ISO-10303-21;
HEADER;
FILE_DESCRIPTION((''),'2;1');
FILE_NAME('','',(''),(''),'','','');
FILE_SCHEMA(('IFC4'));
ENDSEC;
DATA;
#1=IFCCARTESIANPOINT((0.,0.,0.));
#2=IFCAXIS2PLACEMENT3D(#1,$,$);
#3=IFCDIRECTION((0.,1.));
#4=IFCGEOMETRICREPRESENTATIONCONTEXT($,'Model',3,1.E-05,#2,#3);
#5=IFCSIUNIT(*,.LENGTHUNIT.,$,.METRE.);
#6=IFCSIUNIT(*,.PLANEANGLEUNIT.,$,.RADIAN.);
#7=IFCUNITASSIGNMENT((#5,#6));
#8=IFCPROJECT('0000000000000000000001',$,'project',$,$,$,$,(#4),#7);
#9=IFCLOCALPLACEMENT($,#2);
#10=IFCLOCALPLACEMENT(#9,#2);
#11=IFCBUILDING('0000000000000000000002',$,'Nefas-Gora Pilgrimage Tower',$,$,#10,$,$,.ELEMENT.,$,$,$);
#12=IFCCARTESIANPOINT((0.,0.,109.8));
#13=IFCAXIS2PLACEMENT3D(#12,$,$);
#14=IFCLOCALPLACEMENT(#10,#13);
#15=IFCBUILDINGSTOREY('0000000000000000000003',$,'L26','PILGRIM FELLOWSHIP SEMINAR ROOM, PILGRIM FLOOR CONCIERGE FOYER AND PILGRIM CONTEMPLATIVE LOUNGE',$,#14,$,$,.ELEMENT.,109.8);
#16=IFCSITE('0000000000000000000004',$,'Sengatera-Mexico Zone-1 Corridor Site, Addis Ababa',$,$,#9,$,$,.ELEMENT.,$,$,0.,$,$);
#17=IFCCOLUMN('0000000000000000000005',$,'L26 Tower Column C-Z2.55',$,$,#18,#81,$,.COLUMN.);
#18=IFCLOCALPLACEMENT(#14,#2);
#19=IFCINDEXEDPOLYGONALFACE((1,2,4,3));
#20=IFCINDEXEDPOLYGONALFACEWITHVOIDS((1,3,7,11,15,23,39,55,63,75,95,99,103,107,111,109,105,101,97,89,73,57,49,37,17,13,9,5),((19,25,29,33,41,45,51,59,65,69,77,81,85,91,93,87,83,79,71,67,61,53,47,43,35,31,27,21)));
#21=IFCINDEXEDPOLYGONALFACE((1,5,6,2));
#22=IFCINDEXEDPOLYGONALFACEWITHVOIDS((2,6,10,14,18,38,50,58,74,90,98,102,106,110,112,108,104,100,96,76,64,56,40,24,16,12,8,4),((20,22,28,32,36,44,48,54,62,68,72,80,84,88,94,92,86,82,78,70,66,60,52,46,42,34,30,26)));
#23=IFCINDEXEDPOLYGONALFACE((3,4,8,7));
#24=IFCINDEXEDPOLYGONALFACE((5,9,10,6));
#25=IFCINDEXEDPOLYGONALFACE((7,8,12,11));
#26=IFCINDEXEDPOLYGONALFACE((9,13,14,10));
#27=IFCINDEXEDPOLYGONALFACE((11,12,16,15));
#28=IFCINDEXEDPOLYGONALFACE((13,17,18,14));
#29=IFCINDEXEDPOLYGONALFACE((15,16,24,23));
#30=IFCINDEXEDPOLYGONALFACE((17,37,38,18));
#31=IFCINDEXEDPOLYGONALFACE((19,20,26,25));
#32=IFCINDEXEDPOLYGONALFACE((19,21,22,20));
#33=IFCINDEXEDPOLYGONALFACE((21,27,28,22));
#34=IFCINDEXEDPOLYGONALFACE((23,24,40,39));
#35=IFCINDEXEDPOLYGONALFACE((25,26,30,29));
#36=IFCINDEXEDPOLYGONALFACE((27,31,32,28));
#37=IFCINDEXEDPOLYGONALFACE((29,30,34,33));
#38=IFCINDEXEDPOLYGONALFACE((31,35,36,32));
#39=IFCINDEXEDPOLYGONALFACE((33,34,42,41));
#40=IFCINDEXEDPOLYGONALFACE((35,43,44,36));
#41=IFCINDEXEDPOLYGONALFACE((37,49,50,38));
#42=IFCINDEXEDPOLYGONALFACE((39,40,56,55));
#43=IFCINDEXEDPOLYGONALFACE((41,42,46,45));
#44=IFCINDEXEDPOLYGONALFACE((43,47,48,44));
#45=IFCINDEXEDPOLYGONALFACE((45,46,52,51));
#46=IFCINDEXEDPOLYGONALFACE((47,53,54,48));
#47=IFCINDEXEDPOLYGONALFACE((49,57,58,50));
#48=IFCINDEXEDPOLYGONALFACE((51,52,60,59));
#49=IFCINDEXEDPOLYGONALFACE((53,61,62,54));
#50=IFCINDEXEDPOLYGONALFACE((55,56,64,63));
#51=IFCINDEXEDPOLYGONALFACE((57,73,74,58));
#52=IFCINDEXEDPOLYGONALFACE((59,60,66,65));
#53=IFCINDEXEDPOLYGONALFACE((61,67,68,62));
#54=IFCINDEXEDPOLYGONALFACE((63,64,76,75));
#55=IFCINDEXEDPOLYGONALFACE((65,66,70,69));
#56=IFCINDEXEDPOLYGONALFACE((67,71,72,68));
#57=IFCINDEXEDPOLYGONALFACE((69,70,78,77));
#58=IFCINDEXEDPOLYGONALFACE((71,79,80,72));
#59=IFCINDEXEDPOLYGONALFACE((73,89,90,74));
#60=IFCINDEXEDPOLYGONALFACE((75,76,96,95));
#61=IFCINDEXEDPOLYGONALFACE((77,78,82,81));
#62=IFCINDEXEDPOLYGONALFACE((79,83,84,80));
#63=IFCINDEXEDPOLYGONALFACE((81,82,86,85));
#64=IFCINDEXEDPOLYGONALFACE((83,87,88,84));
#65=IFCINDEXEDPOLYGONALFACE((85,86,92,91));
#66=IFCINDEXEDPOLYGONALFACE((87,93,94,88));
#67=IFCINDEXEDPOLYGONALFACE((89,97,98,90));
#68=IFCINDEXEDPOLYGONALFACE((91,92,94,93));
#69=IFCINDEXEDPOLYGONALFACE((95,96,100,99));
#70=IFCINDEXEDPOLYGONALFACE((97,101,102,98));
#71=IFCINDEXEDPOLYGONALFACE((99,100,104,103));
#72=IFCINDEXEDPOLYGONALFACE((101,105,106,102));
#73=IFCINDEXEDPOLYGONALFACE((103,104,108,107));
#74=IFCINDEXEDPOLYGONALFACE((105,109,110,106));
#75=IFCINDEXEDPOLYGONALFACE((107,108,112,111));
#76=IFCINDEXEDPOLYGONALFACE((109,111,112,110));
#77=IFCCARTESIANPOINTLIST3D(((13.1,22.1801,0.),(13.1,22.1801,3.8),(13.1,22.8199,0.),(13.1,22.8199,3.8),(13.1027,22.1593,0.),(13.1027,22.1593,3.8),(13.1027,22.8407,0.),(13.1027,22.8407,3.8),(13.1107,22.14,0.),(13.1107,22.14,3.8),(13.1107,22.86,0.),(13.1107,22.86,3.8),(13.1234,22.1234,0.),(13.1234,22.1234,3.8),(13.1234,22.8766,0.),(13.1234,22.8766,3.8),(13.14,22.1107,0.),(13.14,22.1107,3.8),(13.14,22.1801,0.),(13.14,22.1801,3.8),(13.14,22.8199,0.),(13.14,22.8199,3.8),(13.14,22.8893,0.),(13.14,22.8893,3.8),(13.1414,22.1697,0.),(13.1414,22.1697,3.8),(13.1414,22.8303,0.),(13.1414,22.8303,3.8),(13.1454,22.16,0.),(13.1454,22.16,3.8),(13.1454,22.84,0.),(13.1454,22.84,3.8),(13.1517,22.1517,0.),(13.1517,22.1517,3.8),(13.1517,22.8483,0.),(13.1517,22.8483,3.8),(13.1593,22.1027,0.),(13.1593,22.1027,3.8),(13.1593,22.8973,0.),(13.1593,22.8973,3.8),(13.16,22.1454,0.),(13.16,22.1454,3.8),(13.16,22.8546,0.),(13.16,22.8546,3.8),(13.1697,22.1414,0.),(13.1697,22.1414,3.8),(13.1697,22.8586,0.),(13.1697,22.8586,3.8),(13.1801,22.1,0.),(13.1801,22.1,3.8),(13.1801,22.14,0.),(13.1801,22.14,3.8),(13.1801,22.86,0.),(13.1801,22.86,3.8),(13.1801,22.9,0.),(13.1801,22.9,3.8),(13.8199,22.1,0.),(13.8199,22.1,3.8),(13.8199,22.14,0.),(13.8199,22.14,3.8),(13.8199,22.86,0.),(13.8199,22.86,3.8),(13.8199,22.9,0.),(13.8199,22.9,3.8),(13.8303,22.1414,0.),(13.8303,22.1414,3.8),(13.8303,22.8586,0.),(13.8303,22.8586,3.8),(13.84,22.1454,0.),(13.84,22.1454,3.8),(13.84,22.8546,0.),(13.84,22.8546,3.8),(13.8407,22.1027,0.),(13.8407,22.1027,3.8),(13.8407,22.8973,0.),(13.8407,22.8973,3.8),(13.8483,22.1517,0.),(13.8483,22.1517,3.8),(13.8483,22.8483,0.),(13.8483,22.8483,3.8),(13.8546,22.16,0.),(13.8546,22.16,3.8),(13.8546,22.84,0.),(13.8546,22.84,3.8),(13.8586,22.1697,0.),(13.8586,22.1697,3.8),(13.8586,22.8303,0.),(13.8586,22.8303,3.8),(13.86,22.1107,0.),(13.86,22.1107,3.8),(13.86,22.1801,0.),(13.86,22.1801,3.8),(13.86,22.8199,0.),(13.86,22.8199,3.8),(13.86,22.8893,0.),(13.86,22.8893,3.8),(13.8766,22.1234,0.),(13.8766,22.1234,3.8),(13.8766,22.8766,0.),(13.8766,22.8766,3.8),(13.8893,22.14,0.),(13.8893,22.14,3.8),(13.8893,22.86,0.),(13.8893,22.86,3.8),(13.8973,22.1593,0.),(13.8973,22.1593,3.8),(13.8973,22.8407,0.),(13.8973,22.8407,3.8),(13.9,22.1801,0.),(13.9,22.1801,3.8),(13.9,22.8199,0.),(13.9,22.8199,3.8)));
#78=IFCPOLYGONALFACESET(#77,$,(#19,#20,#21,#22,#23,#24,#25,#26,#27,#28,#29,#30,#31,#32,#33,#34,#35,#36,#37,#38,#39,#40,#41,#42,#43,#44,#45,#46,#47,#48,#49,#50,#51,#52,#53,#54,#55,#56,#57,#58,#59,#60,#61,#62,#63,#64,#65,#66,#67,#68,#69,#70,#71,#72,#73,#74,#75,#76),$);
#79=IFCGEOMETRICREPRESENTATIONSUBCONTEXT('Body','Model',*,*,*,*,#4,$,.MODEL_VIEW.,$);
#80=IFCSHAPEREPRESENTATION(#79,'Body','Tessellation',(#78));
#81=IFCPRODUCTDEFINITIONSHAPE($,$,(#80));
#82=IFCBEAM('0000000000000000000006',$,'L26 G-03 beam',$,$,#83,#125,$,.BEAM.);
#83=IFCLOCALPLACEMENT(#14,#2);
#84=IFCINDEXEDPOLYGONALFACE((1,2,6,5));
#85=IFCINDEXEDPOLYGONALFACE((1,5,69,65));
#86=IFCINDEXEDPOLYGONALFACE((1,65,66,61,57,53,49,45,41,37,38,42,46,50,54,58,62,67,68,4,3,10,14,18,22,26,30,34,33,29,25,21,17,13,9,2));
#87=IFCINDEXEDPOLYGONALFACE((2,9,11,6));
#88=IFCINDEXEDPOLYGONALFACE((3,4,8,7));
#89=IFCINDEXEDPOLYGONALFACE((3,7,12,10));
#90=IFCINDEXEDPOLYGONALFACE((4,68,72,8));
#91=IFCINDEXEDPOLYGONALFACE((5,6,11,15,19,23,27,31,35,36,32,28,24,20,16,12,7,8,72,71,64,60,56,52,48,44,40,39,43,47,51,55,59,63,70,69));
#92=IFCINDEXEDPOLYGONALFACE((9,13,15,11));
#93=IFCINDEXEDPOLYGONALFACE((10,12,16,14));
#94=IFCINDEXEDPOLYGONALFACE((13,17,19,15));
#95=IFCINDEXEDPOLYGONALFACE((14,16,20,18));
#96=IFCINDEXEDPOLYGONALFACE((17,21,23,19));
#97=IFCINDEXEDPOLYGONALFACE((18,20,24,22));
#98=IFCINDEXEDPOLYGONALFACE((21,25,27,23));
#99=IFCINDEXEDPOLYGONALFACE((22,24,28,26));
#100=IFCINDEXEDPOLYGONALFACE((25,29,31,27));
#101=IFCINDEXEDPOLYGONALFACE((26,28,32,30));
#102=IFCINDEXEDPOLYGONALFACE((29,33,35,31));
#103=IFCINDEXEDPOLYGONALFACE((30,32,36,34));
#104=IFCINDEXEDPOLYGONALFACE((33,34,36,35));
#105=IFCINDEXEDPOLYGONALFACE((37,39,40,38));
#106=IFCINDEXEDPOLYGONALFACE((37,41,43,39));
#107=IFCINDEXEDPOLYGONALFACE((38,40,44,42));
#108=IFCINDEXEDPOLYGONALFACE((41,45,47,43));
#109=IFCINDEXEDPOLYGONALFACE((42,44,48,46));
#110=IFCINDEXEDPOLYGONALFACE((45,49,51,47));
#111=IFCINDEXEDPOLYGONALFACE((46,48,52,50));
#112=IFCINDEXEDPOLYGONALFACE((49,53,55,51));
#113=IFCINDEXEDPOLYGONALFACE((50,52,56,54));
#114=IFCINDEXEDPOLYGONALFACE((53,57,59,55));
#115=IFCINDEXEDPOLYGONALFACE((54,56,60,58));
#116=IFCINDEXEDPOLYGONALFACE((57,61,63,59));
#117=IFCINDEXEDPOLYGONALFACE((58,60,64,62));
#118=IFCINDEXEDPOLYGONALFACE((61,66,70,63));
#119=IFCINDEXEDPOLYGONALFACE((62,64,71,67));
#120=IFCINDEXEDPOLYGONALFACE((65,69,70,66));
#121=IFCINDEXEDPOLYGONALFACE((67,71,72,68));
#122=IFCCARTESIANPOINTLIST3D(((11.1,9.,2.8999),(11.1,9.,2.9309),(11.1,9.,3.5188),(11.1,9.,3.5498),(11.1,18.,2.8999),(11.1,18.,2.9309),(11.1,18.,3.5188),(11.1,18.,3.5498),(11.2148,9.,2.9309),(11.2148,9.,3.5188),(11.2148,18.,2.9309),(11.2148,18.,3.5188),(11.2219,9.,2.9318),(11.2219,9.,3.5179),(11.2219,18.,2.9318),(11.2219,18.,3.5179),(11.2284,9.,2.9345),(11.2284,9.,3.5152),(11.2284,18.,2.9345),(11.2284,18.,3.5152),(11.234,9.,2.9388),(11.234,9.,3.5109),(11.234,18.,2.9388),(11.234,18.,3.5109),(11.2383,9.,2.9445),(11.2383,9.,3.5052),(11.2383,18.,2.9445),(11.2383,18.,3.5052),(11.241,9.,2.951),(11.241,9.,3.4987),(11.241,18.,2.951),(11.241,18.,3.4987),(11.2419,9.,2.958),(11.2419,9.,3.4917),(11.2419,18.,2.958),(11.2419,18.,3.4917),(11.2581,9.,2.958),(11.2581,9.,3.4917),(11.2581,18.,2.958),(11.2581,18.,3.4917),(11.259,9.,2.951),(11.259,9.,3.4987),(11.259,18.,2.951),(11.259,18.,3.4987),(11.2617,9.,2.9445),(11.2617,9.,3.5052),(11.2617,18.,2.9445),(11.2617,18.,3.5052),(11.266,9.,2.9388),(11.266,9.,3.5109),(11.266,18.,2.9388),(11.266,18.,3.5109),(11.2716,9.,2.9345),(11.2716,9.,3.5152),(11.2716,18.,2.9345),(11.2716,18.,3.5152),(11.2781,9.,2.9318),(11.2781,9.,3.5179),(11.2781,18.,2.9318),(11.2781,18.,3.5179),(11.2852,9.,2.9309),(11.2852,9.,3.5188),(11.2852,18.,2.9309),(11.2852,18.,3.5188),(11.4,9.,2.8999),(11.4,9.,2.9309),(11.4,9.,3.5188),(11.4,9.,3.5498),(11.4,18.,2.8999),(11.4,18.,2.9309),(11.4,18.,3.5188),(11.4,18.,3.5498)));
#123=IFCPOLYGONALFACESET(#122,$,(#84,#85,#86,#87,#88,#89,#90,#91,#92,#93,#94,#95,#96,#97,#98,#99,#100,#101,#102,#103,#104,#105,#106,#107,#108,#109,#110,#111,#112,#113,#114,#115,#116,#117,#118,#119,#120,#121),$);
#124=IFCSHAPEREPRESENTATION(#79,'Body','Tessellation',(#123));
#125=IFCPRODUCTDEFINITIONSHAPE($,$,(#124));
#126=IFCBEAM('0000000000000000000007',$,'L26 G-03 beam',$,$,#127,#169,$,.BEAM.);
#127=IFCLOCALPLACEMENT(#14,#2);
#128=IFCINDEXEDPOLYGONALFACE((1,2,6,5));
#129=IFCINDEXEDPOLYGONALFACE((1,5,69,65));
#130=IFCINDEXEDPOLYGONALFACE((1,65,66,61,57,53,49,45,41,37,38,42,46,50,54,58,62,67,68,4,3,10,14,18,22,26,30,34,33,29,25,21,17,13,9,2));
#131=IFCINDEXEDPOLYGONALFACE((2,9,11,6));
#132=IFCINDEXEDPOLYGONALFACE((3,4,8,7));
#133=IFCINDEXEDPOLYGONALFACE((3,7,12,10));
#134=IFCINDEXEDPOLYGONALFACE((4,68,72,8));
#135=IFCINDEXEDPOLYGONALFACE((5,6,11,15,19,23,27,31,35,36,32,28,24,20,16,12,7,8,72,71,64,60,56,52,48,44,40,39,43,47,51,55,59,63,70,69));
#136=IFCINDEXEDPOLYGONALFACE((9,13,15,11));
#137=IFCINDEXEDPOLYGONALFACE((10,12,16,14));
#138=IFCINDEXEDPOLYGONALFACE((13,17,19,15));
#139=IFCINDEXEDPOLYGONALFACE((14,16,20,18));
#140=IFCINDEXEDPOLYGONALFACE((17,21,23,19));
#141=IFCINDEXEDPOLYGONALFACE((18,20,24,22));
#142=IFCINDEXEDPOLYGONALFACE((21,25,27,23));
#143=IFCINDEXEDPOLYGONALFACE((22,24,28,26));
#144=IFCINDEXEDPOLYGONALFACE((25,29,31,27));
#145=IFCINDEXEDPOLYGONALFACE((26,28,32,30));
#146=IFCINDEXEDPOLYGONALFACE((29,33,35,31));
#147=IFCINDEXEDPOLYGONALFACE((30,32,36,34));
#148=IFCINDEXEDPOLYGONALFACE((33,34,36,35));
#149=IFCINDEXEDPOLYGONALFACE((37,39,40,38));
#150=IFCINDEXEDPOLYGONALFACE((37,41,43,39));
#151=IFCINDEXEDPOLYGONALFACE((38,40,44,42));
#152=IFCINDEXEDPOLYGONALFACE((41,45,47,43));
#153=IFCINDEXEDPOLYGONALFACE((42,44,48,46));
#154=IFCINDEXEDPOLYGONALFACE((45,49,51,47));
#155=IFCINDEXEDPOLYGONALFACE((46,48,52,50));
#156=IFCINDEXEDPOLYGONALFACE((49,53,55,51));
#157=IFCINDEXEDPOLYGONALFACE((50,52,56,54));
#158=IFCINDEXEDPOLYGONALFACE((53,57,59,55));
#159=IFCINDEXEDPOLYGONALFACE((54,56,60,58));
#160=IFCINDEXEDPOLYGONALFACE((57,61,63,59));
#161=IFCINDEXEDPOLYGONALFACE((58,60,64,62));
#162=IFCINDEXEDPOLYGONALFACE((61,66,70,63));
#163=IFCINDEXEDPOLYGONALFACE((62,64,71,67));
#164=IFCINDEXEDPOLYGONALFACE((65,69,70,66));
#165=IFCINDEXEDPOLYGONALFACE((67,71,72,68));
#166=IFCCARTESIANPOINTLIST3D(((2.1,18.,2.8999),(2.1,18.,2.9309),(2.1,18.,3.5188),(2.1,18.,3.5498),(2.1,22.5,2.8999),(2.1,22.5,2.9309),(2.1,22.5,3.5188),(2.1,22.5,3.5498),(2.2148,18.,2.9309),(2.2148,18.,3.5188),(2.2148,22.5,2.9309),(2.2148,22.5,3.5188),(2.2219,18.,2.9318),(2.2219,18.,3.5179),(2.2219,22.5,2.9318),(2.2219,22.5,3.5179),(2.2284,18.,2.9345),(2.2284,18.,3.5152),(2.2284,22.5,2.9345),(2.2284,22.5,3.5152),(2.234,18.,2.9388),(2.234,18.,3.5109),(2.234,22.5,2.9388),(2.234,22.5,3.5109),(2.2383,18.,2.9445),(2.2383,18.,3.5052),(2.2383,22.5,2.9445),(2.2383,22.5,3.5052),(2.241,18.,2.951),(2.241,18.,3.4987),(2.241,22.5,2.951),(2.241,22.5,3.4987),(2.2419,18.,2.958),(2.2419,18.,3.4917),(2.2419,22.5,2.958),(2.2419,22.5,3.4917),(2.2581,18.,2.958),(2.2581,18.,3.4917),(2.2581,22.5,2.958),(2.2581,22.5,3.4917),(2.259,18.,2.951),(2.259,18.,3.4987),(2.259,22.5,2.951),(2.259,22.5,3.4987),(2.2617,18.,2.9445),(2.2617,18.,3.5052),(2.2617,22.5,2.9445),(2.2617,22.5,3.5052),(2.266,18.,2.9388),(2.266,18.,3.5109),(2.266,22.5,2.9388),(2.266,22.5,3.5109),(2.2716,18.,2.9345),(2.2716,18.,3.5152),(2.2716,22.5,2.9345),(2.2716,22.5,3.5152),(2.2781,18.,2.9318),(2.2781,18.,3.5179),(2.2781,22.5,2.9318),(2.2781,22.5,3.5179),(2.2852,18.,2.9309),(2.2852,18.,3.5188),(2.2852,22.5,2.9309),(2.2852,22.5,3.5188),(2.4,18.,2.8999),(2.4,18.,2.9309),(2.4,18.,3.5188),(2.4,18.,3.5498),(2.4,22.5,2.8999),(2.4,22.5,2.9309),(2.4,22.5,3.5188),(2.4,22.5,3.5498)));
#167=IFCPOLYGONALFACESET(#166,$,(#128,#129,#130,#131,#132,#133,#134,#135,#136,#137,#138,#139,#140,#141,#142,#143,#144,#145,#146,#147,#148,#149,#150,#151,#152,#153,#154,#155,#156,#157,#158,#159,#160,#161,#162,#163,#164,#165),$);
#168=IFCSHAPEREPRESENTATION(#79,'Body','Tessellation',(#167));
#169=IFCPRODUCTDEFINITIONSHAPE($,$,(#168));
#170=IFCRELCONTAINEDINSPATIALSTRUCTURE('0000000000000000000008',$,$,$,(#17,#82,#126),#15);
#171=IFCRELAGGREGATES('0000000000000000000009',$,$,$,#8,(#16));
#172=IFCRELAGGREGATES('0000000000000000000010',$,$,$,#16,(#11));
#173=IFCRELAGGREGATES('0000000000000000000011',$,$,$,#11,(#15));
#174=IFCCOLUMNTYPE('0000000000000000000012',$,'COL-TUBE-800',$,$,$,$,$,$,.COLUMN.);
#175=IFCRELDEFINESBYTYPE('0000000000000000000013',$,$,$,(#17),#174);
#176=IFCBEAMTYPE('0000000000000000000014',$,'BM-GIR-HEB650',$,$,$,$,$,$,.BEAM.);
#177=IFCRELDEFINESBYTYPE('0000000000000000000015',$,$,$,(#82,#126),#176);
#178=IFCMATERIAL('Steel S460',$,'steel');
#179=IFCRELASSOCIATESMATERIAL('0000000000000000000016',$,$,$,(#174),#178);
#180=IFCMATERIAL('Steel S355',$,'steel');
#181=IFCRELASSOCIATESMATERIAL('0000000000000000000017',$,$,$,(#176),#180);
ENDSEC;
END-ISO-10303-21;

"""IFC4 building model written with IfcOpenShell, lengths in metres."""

from ifc_helpers import new_model, si_unit, direction, frame, origin, origin_2d, place, context, subcontext, project, spatial, hollow_rectangle, i_section, extrude, source, transform, mapped, material, material_profile, profile_set, type_object, element, save


model = new_model("IFC4")

# Units and contexts
model_context = context("Model", 3, precision=1e-05, world=origin(), true_north=direction((0.0, 1.0)))
body_context = subcontext(model_context, "Body", "Model", "MODEL_VIEW")
ifc_project = project(units=[si_unit("LENGTHUNIT", "METRE"), si_unit("PLANEANGLEUNIT", "RADIAN")], contexts=[model_context])

# Site, building, storey
site_placement = place(None, origin())
site = spatial("IfcSite", under=ifc_project, at=site_placement, Name="Sengatera-Mexico Zone-1 Corridor Site, Addis Ababa", CompositionType="ELEMENT", RefElevation=0.0)
building_placement = place(site_placement, origin())
building = spatial("IfcBuilding", under=site, at=building_placement, Name="Nefas-Gora Pilgrimage Tower", CompositionType="ELEMENT")
storey_placement = place(building_placement, frame((0.0, 0.0, 109.8)))
storey = spatial("IfcBuildingStorey", under=building, at=storey_placement, Name="L26", Description="PILGRIM FELLOWSHIP SEMINAR ROOM, PILGRIM FLOOR CONCIERGE FOYER AND PILGRIM CONTEMPLATIVE LOUNGE", CompositionType="ELEMENT", Elevation=109.8)

# Column
ifc_material_1 = material(Name="Steel S460", Category="steel")
ifc_material_profile_1 = material_profile(ifc_material_1, hollow_rectangle(XDim=0.8, YDim=0.8, WallThickness=0.04, InnerFilletRadius=0.04, OuterFilletRadius=0.0801, at=origin_2d()), Name="BOX 800x800x40")
ifc_profile_set_1 = profile_set([ifc_material_profile_1], Name="Steel S460")
column_type_1 = type_object("IfcColumnType", Name="COL-TUBE-800", PredefinedType="COLUMN", material=ifc_profile_set_1)
shared_shape_1 = source(origin(), body_context, "Body", "SweptSolid", [
    extrude(hollow_rectangle(XDim=0.8, YDim=0.8, WallThickness=0.04, InnerFilletRadius=0.04, OuterFilletRadius=0.0801, at=origin_2d()), origin(), (0.0, 0.0, 1.0), 3.8),
])
for number, where, z_axis, x_axis, name in (
    (1, (13.5, 22.5, 0.0), (0.0, 0.0, 1.0), (1.0, 0.0, 0.0), "L26 Tower Column C-Z2.55"),
):
    element("IfcColumn", number, at=place(storey_placement, frame(where, z_axis=z_axis, x_axis=x_axis)), inside=storey, type_object=column_type_1, Name=name, PredefinedType="COLUMN", context=body_context, shape_type="MappedRepresentation", body=[
        mapped(shared_shape_1, transform((0.0, 0.0, 0.0), x_axis=(1.0, 0.0, 0.0), y_axis=(0.0, 1.0, 0.0), z_axis=(0.0, 0.0, 1.0), scale=1.0)),
    ])

# Beams
ifc_material_2 = material(Name="Steel S355", Category="steel")
ifc_material_profile_2 = material_profile(ifc_material_2, i_section(OverallWidth=0.3, OverallDepth=0.6499, WebThickness=0.0161, FlangeThickness=0.031, FilletRadius=0.0271, at=origin_2d()), Name="HEB 650")
ifc_profile_set_2 = profile_set([ifc_material_profile_2], Name="Steel S355")
beam_type_1 = type_object("IfcBeamType", Name="BM-GIR-HEB650", PredefinedType="BEAM", material=ifc_profile_set_2)
shared_shape_2 = source(origin(), body_context, "Body", "SweptSolid", [
    extrude(i_section(OverallWidth=0.3, OverallDepth=0.6499, WebThickness=0.0161, FlangeThickness=0.031, FilletRadius=0.0271, at=origin_2d()), origin(), (0.0, 0.0, 1.0), 9.0),
])
beam_1_placement = place(storey_placement, frame((11.25, 9.0, 3.2249), z_axis=(0.0, 1.0, 0.0), x_axis=(-1.0, 0.0, 0.0)))
element("IfcBeam", 2, at=beam_1_placement, inside=storey, type_object=beam_type_1, Name="L26 G-03 beam", PredefinedType="BEAM", context=body_context, shape_type="MappedRepresentation", body=[
    mapped(shared_shape_2, transform((0.0, 0.0, 0.0), x_axis=(1.0, 0.0, 0.0), y_axis=(0.0, 1.0, 0.0), z_axis=(0.0, 0.0, 1.0), scale=1.0)),
])
shared_shape_3 = source(origin(), body_context, "Body", "SweptSolid", [
    extrude(i_section(OverallWidth=0.3, OverallDepth=0.6499, WebThickness=0.0161, FlangeThickness=0.031, FilletRadius=0.0271, at=origin_2d()), origin(), (0.0, 0.0, 1.0), 4.5),
])
for number, where, z_axis, x_axis, name in (
    (3, (2.25, 18.0, 3.2249), (0.0, 1.0, 0.0), (-1.0, 0.0, 0.0), "L26 G-03 beam"),
):
    element("IfcBeam", number, at=place(storey_placement, frame(where, z_axis=z_axis, x_axis=x_axis)), inside=storey, type_object=beam_type_1, Name=name, PredefinedType="BEAM", context=body_context, shape_type="MappedRepresentation", body=[
        mapped(shared_shape_3, transform((0.0, 0.0, 0.0), x_axis=(1.0, 0.0, 0.0), y_axis=(0.0, 1.0, 0.0), z_axis=(0.0, 0.0, 1.0), scale=1.0)),
    ])

save(model, "model.ifc")
